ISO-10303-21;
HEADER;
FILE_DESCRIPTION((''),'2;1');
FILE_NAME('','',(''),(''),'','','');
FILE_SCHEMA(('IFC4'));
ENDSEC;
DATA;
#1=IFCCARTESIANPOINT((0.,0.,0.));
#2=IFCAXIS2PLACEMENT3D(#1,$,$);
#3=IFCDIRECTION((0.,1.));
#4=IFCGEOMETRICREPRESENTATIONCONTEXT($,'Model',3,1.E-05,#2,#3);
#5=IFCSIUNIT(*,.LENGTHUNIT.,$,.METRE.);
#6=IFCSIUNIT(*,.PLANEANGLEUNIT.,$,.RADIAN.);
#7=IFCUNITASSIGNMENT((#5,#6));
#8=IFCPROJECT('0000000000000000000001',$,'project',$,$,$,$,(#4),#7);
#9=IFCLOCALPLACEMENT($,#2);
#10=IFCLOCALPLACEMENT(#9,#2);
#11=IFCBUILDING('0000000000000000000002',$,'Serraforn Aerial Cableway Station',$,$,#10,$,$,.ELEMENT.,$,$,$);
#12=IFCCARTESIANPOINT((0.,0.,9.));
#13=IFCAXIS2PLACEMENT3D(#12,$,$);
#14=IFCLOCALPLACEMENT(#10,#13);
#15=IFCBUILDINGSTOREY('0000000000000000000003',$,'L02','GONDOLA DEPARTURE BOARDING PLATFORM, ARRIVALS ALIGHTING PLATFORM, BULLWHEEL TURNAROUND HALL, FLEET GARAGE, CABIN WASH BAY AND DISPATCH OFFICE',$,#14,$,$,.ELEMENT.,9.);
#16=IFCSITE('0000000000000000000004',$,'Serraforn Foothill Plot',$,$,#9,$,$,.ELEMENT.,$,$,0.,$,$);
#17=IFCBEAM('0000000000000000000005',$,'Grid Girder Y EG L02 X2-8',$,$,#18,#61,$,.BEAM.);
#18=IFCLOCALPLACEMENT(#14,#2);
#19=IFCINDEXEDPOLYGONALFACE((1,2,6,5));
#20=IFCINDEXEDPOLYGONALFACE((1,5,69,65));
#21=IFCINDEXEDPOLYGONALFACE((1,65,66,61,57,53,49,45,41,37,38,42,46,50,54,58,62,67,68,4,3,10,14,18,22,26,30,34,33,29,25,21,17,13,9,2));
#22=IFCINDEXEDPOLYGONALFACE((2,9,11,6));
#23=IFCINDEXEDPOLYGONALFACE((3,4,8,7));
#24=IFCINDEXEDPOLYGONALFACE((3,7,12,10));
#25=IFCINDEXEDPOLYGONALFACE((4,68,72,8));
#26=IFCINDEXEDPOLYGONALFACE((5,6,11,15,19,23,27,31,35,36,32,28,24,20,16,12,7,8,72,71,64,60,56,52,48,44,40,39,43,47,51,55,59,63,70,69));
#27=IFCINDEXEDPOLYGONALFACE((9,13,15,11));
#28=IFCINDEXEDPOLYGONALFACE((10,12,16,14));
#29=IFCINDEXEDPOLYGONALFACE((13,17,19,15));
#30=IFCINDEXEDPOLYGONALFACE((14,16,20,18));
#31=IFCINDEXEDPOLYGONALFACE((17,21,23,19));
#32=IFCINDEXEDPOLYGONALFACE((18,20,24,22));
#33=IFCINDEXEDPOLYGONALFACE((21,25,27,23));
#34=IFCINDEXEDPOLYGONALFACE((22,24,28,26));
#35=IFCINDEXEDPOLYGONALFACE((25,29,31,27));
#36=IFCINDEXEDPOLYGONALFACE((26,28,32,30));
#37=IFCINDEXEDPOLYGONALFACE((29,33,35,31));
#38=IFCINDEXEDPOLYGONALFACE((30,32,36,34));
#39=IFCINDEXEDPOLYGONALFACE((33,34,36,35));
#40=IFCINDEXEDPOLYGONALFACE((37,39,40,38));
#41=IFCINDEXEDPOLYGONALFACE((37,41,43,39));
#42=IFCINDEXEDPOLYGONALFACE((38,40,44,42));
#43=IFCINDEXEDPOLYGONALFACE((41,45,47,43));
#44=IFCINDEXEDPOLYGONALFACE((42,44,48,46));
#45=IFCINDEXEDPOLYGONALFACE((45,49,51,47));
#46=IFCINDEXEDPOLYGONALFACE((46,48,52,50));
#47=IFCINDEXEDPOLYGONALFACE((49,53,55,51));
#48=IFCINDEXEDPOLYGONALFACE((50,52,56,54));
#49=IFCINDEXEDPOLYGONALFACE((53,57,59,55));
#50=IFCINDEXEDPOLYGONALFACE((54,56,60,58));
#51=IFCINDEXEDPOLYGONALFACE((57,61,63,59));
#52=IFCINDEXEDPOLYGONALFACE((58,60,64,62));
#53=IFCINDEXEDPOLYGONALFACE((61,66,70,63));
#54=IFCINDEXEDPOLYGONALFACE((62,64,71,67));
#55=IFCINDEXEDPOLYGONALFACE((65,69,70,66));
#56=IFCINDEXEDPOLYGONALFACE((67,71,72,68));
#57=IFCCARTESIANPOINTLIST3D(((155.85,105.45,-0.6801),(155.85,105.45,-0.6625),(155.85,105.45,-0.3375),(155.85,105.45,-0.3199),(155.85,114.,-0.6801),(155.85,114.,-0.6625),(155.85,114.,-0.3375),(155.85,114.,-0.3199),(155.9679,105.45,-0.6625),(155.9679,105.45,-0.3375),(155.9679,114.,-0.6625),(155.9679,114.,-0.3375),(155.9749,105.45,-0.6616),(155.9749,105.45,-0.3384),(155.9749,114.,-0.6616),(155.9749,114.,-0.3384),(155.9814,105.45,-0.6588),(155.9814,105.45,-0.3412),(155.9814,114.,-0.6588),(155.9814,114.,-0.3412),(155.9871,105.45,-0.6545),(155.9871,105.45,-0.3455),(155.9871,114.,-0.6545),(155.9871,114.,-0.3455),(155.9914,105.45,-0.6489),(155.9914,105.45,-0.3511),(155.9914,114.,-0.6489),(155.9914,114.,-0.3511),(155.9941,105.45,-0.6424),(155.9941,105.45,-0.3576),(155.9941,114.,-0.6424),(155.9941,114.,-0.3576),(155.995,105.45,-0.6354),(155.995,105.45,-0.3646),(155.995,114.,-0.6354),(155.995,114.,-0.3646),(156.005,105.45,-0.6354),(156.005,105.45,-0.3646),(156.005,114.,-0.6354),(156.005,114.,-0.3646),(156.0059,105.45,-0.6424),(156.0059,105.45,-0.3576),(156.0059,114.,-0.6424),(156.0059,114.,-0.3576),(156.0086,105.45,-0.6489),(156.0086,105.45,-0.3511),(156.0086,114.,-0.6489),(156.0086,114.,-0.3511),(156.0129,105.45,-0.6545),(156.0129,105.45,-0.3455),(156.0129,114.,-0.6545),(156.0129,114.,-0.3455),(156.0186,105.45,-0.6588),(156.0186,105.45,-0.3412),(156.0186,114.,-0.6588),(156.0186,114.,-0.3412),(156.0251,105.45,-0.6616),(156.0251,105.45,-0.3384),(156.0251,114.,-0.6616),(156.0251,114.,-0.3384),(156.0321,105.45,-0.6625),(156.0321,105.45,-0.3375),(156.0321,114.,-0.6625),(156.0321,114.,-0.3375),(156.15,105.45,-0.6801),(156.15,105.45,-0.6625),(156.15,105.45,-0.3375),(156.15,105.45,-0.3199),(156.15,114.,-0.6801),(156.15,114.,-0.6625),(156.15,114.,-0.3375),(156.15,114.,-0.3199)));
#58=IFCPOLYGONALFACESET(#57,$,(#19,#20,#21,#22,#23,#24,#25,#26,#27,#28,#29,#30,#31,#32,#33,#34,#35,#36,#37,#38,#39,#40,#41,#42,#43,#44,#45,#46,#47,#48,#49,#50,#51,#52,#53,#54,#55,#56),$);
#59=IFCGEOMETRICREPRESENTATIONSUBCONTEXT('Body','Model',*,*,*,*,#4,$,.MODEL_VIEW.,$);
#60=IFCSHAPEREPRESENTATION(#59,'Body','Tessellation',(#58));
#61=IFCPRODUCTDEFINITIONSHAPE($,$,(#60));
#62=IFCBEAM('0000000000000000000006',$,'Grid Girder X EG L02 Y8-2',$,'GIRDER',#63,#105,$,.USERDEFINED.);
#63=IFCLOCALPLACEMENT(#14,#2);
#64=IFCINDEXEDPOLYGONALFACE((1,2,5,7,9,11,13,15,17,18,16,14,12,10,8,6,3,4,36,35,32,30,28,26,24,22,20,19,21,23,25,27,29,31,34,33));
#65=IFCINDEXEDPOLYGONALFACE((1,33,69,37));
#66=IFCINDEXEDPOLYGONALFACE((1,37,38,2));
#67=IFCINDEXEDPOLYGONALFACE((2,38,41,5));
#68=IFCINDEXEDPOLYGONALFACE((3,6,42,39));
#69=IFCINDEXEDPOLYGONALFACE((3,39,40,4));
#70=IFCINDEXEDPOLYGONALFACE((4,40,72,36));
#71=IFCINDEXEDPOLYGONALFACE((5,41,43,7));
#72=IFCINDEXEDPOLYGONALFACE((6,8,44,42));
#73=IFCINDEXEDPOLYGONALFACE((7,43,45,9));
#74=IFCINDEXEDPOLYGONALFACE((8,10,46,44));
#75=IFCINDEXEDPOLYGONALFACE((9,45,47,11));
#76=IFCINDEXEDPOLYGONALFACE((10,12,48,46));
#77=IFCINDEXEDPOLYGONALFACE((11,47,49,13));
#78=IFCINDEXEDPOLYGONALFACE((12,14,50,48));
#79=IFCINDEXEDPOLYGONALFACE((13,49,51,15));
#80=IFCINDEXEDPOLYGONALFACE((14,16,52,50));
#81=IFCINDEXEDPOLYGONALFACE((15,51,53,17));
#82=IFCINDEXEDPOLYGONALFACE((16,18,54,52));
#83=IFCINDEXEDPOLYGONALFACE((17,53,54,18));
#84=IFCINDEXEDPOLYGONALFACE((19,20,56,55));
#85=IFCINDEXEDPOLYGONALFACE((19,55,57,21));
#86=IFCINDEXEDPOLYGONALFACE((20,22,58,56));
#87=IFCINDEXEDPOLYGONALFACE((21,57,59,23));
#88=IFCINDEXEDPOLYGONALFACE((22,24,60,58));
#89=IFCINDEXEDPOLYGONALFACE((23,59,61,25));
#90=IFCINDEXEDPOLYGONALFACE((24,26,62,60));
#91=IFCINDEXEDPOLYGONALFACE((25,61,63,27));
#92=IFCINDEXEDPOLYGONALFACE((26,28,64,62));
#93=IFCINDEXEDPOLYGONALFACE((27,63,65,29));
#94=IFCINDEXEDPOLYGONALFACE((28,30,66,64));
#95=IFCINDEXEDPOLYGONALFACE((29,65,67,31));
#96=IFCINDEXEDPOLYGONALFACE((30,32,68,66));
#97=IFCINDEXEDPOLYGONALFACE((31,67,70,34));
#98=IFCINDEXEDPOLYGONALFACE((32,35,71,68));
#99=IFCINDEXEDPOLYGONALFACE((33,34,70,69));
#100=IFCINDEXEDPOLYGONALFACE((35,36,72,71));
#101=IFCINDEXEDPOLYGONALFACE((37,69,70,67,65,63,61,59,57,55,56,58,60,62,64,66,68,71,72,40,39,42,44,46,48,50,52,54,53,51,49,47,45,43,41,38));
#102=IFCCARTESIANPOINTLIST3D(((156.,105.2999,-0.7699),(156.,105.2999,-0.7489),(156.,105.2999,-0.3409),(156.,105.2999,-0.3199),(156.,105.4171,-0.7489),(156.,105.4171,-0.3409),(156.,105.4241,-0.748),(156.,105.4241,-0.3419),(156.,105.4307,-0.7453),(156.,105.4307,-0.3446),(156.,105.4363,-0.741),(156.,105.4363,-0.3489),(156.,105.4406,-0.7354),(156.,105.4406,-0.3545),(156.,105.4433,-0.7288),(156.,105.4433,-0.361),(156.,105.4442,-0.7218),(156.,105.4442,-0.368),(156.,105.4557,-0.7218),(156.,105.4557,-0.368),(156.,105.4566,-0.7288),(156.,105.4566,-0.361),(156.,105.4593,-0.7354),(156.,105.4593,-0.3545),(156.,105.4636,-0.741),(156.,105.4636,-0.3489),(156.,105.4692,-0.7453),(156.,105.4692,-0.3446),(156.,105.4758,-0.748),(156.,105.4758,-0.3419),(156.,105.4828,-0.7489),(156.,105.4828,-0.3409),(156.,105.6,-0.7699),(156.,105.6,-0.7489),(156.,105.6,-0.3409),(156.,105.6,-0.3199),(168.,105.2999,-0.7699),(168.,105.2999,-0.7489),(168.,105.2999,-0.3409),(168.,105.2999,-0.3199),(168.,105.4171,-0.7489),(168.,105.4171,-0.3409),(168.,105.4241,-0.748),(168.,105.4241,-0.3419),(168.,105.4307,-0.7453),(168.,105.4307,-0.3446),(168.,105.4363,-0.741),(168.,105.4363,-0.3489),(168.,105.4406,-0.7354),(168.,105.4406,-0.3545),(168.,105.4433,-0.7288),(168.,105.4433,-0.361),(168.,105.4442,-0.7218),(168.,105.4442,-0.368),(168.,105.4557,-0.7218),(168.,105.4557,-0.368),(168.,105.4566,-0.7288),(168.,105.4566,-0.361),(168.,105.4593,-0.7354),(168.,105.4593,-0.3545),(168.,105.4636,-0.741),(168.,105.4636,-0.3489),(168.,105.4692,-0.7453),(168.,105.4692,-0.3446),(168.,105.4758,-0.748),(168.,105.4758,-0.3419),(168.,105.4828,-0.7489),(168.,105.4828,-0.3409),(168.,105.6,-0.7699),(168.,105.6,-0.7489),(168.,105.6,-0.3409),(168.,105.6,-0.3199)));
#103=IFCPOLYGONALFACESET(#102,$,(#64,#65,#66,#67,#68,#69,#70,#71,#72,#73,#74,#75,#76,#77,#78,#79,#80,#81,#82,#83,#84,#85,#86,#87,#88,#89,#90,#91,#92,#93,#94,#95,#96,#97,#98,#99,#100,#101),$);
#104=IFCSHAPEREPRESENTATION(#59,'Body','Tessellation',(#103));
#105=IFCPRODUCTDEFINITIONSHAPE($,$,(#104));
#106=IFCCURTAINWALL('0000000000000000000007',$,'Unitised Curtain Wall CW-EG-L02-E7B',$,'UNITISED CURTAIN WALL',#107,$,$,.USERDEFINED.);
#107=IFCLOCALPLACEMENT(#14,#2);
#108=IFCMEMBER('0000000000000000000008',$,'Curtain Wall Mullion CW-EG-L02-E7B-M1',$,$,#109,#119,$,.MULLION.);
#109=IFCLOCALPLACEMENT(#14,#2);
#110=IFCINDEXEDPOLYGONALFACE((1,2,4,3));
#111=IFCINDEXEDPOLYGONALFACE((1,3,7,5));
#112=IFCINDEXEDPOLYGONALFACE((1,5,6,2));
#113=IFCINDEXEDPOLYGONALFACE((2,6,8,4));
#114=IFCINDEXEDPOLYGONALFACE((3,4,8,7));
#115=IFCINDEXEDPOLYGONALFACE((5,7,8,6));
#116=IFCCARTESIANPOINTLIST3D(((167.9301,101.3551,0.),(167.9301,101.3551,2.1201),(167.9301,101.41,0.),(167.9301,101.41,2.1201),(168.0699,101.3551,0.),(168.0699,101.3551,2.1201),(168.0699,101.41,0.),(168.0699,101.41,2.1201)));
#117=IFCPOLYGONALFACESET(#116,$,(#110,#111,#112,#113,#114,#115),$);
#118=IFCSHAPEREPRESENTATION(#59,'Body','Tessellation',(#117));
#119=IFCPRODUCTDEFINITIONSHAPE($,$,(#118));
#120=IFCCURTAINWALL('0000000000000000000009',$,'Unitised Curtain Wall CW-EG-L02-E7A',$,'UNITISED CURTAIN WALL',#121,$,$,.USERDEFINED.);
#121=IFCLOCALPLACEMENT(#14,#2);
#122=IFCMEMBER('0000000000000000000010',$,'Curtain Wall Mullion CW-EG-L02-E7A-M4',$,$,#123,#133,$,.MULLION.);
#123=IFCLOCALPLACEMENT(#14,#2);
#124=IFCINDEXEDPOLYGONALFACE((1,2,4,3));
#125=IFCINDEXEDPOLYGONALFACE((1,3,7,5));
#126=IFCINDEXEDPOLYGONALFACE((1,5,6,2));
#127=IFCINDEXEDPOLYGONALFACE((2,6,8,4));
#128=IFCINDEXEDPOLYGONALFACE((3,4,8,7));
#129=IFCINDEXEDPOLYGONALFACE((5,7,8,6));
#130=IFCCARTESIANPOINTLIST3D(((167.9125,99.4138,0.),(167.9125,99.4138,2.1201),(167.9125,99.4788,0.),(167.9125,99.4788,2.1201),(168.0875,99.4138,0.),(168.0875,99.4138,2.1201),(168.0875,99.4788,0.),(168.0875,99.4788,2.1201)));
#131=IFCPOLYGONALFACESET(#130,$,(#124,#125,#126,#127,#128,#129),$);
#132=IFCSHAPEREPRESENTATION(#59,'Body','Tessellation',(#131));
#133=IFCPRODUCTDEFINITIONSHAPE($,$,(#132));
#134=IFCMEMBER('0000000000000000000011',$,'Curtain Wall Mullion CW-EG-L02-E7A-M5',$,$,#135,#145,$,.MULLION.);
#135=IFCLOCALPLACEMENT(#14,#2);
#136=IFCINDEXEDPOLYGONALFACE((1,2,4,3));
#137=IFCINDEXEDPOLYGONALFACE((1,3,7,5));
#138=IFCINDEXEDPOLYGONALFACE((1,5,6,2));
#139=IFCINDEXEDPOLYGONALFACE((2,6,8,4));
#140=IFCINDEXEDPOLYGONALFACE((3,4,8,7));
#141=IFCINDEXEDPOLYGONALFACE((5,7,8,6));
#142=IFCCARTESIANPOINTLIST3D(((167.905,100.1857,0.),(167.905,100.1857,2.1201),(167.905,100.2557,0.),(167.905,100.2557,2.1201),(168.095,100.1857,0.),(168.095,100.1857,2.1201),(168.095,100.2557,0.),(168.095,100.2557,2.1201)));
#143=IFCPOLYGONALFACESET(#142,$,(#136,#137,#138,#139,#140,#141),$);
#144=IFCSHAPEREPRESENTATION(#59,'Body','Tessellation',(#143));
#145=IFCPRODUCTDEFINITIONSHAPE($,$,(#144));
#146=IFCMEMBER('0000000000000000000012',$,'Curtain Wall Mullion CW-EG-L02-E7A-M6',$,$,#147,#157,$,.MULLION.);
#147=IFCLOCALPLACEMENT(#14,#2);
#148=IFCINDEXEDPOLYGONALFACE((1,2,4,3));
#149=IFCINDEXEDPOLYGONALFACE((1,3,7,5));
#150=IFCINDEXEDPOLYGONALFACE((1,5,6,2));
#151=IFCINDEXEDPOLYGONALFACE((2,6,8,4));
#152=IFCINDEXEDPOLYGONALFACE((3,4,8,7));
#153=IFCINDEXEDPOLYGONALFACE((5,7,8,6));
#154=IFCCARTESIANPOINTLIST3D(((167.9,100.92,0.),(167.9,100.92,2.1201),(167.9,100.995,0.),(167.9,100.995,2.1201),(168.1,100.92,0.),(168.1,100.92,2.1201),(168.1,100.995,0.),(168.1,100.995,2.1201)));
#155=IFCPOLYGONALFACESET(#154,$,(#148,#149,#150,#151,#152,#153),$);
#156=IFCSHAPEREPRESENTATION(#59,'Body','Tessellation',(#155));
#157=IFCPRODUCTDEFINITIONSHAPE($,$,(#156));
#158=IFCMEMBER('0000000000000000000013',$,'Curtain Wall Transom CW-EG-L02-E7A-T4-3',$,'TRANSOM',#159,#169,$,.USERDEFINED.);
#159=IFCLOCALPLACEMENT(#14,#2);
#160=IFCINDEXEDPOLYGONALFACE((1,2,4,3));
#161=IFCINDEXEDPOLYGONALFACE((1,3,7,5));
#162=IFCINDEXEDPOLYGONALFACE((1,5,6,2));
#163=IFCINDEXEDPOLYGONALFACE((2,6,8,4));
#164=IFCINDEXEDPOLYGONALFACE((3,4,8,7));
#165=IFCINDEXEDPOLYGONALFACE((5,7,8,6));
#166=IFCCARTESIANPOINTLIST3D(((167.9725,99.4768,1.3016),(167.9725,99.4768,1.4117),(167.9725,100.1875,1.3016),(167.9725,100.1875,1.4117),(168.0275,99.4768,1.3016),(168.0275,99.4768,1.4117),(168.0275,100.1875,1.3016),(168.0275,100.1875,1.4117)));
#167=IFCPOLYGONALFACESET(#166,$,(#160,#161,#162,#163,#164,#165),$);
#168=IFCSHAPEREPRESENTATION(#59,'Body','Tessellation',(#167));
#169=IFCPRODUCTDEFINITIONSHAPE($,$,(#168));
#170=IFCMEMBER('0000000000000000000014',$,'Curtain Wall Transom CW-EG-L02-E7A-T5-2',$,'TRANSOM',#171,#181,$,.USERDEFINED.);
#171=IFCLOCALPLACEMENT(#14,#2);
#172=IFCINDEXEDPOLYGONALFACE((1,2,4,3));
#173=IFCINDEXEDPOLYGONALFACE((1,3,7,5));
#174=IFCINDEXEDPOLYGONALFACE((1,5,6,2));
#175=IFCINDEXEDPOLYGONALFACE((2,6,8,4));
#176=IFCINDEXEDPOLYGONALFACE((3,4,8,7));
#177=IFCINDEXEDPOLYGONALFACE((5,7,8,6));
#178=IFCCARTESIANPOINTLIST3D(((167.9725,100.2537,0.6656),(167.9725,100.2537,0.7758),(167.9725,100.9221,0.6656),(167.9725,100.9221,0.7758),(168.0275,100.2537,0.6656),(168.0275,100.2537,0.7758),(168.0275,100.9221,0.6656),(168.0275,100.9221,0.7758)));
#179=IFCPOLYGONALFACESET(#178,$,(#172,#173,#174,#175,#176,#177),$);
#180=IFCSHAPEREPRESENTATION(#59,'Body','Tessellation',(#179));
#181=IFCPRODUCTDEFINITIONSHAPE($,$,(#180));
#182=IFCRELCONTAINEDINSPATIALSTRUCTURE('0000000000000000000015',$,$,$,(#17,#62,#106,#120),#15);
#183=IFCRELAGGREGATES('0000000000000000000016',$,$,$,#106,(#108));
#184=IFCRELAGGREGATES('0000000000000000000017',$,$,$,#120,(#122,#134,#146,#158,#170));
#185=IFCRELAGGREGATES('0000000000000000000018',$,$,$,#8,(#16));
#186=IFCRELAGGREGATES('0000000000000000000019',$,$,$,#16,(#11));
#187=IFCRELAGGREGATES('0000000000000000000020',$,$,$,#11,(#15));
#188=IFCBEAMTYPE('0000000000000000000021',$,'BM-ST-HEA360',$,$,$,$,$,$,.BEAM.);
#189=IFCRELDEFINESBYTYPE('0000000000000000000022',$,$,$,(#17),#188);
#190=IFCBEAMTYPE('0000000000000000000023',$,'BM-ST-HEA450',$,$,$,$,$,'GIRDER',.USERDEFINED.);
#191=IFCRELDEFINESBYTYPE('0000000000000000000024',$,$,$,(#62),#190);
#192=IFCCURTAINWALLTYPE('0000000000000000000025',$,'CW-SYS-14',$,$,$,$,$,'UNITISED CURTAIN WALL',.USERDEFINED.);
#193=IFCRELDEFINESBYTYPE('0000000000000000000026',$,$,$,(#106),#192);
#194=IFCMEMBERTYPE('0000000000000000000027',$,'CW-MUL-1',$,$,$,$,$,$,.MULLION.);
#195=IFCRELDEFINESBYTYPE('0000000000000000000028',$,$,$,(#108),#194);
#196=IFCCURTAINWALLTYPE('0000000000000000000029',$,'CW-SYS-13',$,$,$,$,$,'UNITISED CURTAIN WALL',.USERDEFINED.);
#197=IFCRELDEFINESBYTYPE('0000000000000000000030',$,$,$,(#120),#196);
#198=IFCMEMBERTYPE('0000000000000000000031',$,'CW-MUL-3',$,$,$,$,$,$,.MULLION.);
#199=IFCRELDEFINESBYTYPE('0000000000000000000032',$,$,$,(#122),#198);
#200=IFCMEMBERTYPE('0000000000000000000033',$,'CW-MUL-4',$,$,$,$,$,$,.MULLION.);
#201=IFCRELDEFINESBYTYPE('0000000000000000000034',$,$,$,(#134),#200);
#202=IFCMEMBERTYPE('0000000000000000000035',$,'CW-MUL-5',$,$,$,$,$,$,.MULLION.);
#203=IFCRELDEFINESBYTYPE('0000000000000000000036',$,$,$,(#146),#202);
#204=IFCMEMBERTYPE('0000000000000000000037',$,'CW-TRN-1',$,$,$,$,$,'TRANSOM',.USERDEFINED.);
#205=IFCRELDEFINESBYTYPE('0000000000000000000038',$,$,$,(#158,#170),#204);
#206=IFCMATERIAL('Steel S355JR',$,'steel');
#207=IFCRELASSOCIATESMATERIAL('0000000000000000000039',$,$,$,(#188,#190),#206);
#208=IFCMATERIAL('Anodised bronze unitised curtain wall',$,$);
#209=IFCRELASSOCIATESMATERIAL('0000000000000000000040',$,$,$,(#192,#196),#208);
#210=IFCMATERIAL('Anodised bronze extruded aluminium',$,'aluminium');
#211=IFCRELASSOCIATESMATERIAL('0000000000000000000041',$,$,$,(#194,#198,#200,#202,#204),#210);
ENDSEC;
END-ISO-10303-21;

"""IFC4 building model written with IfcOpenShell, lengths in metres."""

from ifc_helpers import new_model, si_unit, direction, frame, origin, origin_2d, place, context, subcontext, project, spatial, rectangle, i_section, extrude, material, material_profile, profile_set, type_object, element, aggregate, save


model = new_model("IFC4")

# Units and contexts
model_context = context("Model", 3, precision=1e-05, world=origin(), true_north=direction((0.0, 1.0)))
body_context = subcontext(model_context, "Body", "Model", "MODEL_VIEW")
ifc_project = project(units=[si_unit("LENGTHUNIT", "METRE"), si_unit("PLANEANGLEUNIT", "RADIAN")], contexts=[model_context])

# Site, building, storey
site_placement = place(None, origin())
site = spatial("IfcSite", under=ifc_project, at=site_placement, Name="Serraforn Foothill Plot", CompositionType="ELEMENT", RefElevation=0.0)
building_placement = place(site_placement, origin())
building = spatial("IfcBuilding", under=site, at=building_placement, Name="Serraforn Aerial Cableway Station", CompositionType="ELEMENT")
storey_placement = place(building_placement, frame((0.0, 0.0, 9.0)))
storey = spatial("IfcBuildingStorey", under=building, at=storey_placement, Name="L02", Description="GONDOLA DEPARTURE BOARDING PLATFORM, ARRIVALS ALIGHTING PLATFORM, BULLWHEEL TURNAROUND HALL, FLEET GARAGE, CABIN WASH BAY AND DISPATCH OFFICE", CompositionType="ELEMENT", Elevation=9.0)

# Beams
ifc_material_1 = material(Name="Steel S355JR", Category="steel")
ifc_material_profile_1 = material_profile(ifc_material_1, i_section(OverallWidth=0.3, OverallDepth=0.3601, WebThickness=0.01, FlangeThickness=0.0176, FilletRadius=0.0271, at=origin_2d()), Name="HEA 360")
ifc_profile_set_1 = profile_set([ifc_material_profile_1], Name="Steel S355JR")
beam_type_1 = type_object("IfcBeamType", Name="BM-ST-HEA360", PredefinedType="BEAM", material=ifc_profile_set_1)
beam_1_placement = place(storey_placement, frame((156.0, 105.45, -0.5), z_axis=(0.0, 1.0, 0.0), x_axis=(-1.0, 0.0, 0.0)))
element("IfcBeam", 1, at=beam_1_placement, inside=storey, type_object=beam_type_1, Name="Grid Girder Y EG L02 X2-8", PredefinedType="BEAM", context=body_context, shape_type="SweptSolid", body=[
    extrude(i_section(OverallWidth=0.3, OverallDepth=0.3601, WebThickness=0.01, FlangeThickness=0.0176, FilletRadius=0.0271, at=origin_2d()), origin(), (0.0, 0.0, 1.0), 8.55),
])
ifc_material_profile_2 = material_profile(ifc_material_1, i_section(OverallWidth=0.3, OverallDepth=0.45, WebThickness=0.0115, FlangeThickness=0.021, FilletRadius=0.0271, at=origin_2d()), Name="HEA 450")
ifc_profile_set_2 = profile_set([ifc_material_profile_2], Name="Steel S355JR")
beam_type_2 = type_object("IfcBeamType", Name="BM-ST-HEA450", ElementType="GIRDER", PredefinedType="USERDEFINED", material=ifc_profile_set_2)
beam_2_placement = place(storey_placement, frame((156.0, 105.45, -0.5449), z_axis=(1.0, 0.0, 0.0), x_axis=(0.0, 1.0, 0.0)))
element("IfcBeam", 2, at=beam_2_placement, inside=storey, type_object=beam_type_2, Name="Grid Girder X EG L02 Y8-2", ObjectType="GIRDER", PredefinedType="USERDEFINED", context=body_context, shape_type="SweptSolid", body=[
    extrude(i_section(OverallWidth=0.3, OverallDepth=0.45, WebThickness=0.0115, FlangeThickness=0.021, FilletRadius=0.0271, at=origin_2d()), origin(), (0.0, 0.0, 1.0), 12.0),
])

# Curtain wall, member
ifc_material_2 = material(Name="Anodised bronze unitised curtain wall")
curtain_wall_type_1 = type_object("IfcCurtainWallType", Name="CW-SYS-14", ElementType="UNITISED CURTAIN WALL", PredefinedType="USERDEFINED", material=ifc_material_2)
curtain_wall_1_placement = place(storey_placement, origin())
curtain_wall_1 = element("IfcCurtainWall", 3, at=curtain_wall_1_placement, inside=storey, type_object=curtain_wall_type_1, Name="Unitised Curtain Wall CW-EG-L02-E7B", ObjectType="UNITISED CURTAIN WALL", PredefinedType="USERDEFINED")
ifc_material_3 = material(Name="Anodised bronze extruded aluminium", Category="aluminium")
ifc_material_profile_3 = material_profile(ifc_material_3, rectangle(XDim=0.0549, YDim=0.1399, at=origin_2d()), Name="CW MULLION 55x140")
ifc_profile_set_3 = profile_set([ifc_material_profile_3], Name="Anodised bronze extruded aluminium")
member_type_1 = type_object("IfcMemberType", Name="CW-MUL-1", PredefinedType="MULLION", material=ifc_profile_set_3)
member_1_placement = place(storey_placement, frame((168.0, 101.3826, 0.0), z_axis=(0.0, 0.0, 1.0), x_axis=(0.0, 1.0, 0.0)))
member_1 = element("IfcMember", 4, at=member_1_placement, type_object=member_type_1, Name="Curtain Wall Mullion CW-EG-L02-E7B-M1", PredefinedType="MULLION", context=body_context, shape_type="SweptSolid", body=[
    extrude(rectangle(XDim=0.0549, YDim=0.1399, at=origin_2d()), origin(), (0.0, 0.0, 1.0), 2.1201),
])

# Curtain wall, members
curtain_wall_type_2 = type_object("IfcCurtainWallType", Name="CW-SYS-13", ElementType="UNITISED CURTAIN WALL", PredefinedType="USERDEFINED", material=ifc_material_2)
curtain_wall_2_placement = place(storey_placement, origin())
curtain_wall_2 = element("IfcCurtainWall", 5, at=curtain_wall_2_placement, inside=storey, type_object=curtain_wall_type_2, Name="Unitised Curtain Wall CW-EG-L02-E7A", ObjectType="UNITISED CURTAIN WALL", PredefinedType="USERDEFINED")
ifc_material_profile_4 = material_profile(ifc_material_3, rectangle(XDim=0.0649, YDim=0.175, at=origin_2d()), Name="CW MULLION 65x175")
ifc_profile_set_4 = profile_set([ifc_material_profile_4], Name="Anodised bronze extruded aluminium")
member_type_2 = type_object("IfcMemberType", Name="CW-MUL-3", PredefinedType="MULLION", material=ifc_profile_set_4)
member_2_placement = place(storey_placement, frame((168.0, 99.4463, 0.0), z_axis=(0.0, 0.0, 1.0), x_axis=(0.0, 1.0, 0.0)))
member_2 = element("IfcMember", 6, at=member_2_placement, type_object=member_type_2, Name="Curtain Wall Mullion CW-EG-L02-E7A-M4", PredefinedType="MULLION", context=body_context, shape_type="SweptSolid", body=[
    extrude(rectangle(XDim=0.0649, YDim=0.175, at=origin_2d()), origin(), (0.0, 0.0, 1.0), 2.1201),
])
ifc_material_profile_5 = material_profile(ifc_material_3, rectangle(XDim=0.0701, YDim=0.1899, at=origin_2d()), Name="CW MULLION 70x190")
ifc_profile_set_5 = profile_set([ifc_material_profile_5], Name="Anodised bronze extruded aluminium")
member_type_3 = type_object("IfcMemberType", Name="CW-MUL-4", PredefinedType="MULLION", material=ifc_profile_set_5)
member_3_placement = place(storey_placement, frame((168.0, 100.2207, 0.0), z_axis=(0.0, 0.0, 1.0), x_axis=(0.0, 1.0, 0.0)))
member_3 = element("IfcMember", 7, at=member_3_placement, type_object=member_type_3, Name="Curtain Wall Mullion CW-EG-L02-E7A-M5", PredefinedType="MULLION", context=body_context, shape_type="SweptSolid", body=[
    extrude(rectangle(XDim=0.0701, YDim=0.1899, at=origin_2d()), origin(), (0.0, 0.0, 1.0), 2.1201),
])
ifc_material_profile_6 = material_profile(ifc_material_3, rectangle(XDim=0.075, YDim=0.2, at=origin_2d()), Name="CW MULLION 75x200")
ifc_profile_set_6 = profile_set([ifc_material_profile_6], Name="Anodised bronze extruded aluminium")
member_type_4 = type_object("IfcMemberType", Name="CW-MUL-5", PredefinedType="MULLION", material=ifc_profile_set_6)
member_4_placement = place(storey_placement, frame((168.0, 100.9575, 0.0), z_axis=(0.0, 0.0, 1.0), x_axis=(0.0, 1.0, 0.0)))
member_4 = element("IfcMember", 8, at=member_4_placement, type_object=member_type_4, Name="Curtain Wall Mullion CW-EG-L02-E7A-M6", PredefinedType="MULLION", context=body_context, shape_type="SweptSolid", body=[
    extrude(rectangle(XDim=0.075, YDim=0.2, at=origin_2d()), origin(), (0.0, 0.0, 1.0), 2.1201),
])
ifc_material_profile_7 = material_profile(ifc_material_3, rectangle(XDim=0.0549, YDim=0.1101, at=origin_2d()), Name="CW TRANSOM 55x110")
ifc_profile_set_7 = profile_set([ifc_material_profile_7], Name="Anodised bronze extruded aluminium")
member_type_5 = type_object("IfcMemberType", Name="CW-TRN-1", ElementType="TRANSOM", PredefinedType="USERDEFINED", material=ifc_profile_set_7)
member_5_placement = place(storey_placement, frame((168.0, 99.4768, 1.3567), z_axis=(0.0, 1.0, 0.0), x_axis=(-1.0, 0.0, 0.0)))
member_5 = element("IfcMember", 9, at=member_5_placement, type_object=member_type_5, Name="Curtain Wall Transom CW-EG-L02-E7A-T4-3", ObjectType="TRANSOM", PredefinedType="USERDEFINED", context=body_context, shape_type="SweptSolid", body=[
    extrude(rectangle(XDim=0.0549, YDim=0.1101, at=origin_2d()), origin(), (0.0, 0.0, 1.0), 0.7107),
])
member_6_placement = place(storey_placement, frame((168.0, 100.2537, 0.7207), z_axis=(0.0, 1.0, 0.0), x_axis=(-1.0, 0.0, 0.0)))
member_6 = element("IfcMember", 10, at=member_6_placement, type_object=member_type_5, Name="Curtain Wall Transom CW-EG-L02-E7A-T5-2", ObjectType="TRANSOM", PredefinedType="USERDEFINED", context=body_context, shape_type="SweptSolid", body=[
    extrude(rectangle(XDim=0.0549, YDim=0.1101, at=origin_2d()), origin(), (0.0, 0.0, 1.0), 0.6685),
])

aggregate(curtain_wall_1, [member_1])
aggregate(curtain_wall_2, [member_2, member_3, member_4, member_5, member_6])

save(model, "model.ifc")
